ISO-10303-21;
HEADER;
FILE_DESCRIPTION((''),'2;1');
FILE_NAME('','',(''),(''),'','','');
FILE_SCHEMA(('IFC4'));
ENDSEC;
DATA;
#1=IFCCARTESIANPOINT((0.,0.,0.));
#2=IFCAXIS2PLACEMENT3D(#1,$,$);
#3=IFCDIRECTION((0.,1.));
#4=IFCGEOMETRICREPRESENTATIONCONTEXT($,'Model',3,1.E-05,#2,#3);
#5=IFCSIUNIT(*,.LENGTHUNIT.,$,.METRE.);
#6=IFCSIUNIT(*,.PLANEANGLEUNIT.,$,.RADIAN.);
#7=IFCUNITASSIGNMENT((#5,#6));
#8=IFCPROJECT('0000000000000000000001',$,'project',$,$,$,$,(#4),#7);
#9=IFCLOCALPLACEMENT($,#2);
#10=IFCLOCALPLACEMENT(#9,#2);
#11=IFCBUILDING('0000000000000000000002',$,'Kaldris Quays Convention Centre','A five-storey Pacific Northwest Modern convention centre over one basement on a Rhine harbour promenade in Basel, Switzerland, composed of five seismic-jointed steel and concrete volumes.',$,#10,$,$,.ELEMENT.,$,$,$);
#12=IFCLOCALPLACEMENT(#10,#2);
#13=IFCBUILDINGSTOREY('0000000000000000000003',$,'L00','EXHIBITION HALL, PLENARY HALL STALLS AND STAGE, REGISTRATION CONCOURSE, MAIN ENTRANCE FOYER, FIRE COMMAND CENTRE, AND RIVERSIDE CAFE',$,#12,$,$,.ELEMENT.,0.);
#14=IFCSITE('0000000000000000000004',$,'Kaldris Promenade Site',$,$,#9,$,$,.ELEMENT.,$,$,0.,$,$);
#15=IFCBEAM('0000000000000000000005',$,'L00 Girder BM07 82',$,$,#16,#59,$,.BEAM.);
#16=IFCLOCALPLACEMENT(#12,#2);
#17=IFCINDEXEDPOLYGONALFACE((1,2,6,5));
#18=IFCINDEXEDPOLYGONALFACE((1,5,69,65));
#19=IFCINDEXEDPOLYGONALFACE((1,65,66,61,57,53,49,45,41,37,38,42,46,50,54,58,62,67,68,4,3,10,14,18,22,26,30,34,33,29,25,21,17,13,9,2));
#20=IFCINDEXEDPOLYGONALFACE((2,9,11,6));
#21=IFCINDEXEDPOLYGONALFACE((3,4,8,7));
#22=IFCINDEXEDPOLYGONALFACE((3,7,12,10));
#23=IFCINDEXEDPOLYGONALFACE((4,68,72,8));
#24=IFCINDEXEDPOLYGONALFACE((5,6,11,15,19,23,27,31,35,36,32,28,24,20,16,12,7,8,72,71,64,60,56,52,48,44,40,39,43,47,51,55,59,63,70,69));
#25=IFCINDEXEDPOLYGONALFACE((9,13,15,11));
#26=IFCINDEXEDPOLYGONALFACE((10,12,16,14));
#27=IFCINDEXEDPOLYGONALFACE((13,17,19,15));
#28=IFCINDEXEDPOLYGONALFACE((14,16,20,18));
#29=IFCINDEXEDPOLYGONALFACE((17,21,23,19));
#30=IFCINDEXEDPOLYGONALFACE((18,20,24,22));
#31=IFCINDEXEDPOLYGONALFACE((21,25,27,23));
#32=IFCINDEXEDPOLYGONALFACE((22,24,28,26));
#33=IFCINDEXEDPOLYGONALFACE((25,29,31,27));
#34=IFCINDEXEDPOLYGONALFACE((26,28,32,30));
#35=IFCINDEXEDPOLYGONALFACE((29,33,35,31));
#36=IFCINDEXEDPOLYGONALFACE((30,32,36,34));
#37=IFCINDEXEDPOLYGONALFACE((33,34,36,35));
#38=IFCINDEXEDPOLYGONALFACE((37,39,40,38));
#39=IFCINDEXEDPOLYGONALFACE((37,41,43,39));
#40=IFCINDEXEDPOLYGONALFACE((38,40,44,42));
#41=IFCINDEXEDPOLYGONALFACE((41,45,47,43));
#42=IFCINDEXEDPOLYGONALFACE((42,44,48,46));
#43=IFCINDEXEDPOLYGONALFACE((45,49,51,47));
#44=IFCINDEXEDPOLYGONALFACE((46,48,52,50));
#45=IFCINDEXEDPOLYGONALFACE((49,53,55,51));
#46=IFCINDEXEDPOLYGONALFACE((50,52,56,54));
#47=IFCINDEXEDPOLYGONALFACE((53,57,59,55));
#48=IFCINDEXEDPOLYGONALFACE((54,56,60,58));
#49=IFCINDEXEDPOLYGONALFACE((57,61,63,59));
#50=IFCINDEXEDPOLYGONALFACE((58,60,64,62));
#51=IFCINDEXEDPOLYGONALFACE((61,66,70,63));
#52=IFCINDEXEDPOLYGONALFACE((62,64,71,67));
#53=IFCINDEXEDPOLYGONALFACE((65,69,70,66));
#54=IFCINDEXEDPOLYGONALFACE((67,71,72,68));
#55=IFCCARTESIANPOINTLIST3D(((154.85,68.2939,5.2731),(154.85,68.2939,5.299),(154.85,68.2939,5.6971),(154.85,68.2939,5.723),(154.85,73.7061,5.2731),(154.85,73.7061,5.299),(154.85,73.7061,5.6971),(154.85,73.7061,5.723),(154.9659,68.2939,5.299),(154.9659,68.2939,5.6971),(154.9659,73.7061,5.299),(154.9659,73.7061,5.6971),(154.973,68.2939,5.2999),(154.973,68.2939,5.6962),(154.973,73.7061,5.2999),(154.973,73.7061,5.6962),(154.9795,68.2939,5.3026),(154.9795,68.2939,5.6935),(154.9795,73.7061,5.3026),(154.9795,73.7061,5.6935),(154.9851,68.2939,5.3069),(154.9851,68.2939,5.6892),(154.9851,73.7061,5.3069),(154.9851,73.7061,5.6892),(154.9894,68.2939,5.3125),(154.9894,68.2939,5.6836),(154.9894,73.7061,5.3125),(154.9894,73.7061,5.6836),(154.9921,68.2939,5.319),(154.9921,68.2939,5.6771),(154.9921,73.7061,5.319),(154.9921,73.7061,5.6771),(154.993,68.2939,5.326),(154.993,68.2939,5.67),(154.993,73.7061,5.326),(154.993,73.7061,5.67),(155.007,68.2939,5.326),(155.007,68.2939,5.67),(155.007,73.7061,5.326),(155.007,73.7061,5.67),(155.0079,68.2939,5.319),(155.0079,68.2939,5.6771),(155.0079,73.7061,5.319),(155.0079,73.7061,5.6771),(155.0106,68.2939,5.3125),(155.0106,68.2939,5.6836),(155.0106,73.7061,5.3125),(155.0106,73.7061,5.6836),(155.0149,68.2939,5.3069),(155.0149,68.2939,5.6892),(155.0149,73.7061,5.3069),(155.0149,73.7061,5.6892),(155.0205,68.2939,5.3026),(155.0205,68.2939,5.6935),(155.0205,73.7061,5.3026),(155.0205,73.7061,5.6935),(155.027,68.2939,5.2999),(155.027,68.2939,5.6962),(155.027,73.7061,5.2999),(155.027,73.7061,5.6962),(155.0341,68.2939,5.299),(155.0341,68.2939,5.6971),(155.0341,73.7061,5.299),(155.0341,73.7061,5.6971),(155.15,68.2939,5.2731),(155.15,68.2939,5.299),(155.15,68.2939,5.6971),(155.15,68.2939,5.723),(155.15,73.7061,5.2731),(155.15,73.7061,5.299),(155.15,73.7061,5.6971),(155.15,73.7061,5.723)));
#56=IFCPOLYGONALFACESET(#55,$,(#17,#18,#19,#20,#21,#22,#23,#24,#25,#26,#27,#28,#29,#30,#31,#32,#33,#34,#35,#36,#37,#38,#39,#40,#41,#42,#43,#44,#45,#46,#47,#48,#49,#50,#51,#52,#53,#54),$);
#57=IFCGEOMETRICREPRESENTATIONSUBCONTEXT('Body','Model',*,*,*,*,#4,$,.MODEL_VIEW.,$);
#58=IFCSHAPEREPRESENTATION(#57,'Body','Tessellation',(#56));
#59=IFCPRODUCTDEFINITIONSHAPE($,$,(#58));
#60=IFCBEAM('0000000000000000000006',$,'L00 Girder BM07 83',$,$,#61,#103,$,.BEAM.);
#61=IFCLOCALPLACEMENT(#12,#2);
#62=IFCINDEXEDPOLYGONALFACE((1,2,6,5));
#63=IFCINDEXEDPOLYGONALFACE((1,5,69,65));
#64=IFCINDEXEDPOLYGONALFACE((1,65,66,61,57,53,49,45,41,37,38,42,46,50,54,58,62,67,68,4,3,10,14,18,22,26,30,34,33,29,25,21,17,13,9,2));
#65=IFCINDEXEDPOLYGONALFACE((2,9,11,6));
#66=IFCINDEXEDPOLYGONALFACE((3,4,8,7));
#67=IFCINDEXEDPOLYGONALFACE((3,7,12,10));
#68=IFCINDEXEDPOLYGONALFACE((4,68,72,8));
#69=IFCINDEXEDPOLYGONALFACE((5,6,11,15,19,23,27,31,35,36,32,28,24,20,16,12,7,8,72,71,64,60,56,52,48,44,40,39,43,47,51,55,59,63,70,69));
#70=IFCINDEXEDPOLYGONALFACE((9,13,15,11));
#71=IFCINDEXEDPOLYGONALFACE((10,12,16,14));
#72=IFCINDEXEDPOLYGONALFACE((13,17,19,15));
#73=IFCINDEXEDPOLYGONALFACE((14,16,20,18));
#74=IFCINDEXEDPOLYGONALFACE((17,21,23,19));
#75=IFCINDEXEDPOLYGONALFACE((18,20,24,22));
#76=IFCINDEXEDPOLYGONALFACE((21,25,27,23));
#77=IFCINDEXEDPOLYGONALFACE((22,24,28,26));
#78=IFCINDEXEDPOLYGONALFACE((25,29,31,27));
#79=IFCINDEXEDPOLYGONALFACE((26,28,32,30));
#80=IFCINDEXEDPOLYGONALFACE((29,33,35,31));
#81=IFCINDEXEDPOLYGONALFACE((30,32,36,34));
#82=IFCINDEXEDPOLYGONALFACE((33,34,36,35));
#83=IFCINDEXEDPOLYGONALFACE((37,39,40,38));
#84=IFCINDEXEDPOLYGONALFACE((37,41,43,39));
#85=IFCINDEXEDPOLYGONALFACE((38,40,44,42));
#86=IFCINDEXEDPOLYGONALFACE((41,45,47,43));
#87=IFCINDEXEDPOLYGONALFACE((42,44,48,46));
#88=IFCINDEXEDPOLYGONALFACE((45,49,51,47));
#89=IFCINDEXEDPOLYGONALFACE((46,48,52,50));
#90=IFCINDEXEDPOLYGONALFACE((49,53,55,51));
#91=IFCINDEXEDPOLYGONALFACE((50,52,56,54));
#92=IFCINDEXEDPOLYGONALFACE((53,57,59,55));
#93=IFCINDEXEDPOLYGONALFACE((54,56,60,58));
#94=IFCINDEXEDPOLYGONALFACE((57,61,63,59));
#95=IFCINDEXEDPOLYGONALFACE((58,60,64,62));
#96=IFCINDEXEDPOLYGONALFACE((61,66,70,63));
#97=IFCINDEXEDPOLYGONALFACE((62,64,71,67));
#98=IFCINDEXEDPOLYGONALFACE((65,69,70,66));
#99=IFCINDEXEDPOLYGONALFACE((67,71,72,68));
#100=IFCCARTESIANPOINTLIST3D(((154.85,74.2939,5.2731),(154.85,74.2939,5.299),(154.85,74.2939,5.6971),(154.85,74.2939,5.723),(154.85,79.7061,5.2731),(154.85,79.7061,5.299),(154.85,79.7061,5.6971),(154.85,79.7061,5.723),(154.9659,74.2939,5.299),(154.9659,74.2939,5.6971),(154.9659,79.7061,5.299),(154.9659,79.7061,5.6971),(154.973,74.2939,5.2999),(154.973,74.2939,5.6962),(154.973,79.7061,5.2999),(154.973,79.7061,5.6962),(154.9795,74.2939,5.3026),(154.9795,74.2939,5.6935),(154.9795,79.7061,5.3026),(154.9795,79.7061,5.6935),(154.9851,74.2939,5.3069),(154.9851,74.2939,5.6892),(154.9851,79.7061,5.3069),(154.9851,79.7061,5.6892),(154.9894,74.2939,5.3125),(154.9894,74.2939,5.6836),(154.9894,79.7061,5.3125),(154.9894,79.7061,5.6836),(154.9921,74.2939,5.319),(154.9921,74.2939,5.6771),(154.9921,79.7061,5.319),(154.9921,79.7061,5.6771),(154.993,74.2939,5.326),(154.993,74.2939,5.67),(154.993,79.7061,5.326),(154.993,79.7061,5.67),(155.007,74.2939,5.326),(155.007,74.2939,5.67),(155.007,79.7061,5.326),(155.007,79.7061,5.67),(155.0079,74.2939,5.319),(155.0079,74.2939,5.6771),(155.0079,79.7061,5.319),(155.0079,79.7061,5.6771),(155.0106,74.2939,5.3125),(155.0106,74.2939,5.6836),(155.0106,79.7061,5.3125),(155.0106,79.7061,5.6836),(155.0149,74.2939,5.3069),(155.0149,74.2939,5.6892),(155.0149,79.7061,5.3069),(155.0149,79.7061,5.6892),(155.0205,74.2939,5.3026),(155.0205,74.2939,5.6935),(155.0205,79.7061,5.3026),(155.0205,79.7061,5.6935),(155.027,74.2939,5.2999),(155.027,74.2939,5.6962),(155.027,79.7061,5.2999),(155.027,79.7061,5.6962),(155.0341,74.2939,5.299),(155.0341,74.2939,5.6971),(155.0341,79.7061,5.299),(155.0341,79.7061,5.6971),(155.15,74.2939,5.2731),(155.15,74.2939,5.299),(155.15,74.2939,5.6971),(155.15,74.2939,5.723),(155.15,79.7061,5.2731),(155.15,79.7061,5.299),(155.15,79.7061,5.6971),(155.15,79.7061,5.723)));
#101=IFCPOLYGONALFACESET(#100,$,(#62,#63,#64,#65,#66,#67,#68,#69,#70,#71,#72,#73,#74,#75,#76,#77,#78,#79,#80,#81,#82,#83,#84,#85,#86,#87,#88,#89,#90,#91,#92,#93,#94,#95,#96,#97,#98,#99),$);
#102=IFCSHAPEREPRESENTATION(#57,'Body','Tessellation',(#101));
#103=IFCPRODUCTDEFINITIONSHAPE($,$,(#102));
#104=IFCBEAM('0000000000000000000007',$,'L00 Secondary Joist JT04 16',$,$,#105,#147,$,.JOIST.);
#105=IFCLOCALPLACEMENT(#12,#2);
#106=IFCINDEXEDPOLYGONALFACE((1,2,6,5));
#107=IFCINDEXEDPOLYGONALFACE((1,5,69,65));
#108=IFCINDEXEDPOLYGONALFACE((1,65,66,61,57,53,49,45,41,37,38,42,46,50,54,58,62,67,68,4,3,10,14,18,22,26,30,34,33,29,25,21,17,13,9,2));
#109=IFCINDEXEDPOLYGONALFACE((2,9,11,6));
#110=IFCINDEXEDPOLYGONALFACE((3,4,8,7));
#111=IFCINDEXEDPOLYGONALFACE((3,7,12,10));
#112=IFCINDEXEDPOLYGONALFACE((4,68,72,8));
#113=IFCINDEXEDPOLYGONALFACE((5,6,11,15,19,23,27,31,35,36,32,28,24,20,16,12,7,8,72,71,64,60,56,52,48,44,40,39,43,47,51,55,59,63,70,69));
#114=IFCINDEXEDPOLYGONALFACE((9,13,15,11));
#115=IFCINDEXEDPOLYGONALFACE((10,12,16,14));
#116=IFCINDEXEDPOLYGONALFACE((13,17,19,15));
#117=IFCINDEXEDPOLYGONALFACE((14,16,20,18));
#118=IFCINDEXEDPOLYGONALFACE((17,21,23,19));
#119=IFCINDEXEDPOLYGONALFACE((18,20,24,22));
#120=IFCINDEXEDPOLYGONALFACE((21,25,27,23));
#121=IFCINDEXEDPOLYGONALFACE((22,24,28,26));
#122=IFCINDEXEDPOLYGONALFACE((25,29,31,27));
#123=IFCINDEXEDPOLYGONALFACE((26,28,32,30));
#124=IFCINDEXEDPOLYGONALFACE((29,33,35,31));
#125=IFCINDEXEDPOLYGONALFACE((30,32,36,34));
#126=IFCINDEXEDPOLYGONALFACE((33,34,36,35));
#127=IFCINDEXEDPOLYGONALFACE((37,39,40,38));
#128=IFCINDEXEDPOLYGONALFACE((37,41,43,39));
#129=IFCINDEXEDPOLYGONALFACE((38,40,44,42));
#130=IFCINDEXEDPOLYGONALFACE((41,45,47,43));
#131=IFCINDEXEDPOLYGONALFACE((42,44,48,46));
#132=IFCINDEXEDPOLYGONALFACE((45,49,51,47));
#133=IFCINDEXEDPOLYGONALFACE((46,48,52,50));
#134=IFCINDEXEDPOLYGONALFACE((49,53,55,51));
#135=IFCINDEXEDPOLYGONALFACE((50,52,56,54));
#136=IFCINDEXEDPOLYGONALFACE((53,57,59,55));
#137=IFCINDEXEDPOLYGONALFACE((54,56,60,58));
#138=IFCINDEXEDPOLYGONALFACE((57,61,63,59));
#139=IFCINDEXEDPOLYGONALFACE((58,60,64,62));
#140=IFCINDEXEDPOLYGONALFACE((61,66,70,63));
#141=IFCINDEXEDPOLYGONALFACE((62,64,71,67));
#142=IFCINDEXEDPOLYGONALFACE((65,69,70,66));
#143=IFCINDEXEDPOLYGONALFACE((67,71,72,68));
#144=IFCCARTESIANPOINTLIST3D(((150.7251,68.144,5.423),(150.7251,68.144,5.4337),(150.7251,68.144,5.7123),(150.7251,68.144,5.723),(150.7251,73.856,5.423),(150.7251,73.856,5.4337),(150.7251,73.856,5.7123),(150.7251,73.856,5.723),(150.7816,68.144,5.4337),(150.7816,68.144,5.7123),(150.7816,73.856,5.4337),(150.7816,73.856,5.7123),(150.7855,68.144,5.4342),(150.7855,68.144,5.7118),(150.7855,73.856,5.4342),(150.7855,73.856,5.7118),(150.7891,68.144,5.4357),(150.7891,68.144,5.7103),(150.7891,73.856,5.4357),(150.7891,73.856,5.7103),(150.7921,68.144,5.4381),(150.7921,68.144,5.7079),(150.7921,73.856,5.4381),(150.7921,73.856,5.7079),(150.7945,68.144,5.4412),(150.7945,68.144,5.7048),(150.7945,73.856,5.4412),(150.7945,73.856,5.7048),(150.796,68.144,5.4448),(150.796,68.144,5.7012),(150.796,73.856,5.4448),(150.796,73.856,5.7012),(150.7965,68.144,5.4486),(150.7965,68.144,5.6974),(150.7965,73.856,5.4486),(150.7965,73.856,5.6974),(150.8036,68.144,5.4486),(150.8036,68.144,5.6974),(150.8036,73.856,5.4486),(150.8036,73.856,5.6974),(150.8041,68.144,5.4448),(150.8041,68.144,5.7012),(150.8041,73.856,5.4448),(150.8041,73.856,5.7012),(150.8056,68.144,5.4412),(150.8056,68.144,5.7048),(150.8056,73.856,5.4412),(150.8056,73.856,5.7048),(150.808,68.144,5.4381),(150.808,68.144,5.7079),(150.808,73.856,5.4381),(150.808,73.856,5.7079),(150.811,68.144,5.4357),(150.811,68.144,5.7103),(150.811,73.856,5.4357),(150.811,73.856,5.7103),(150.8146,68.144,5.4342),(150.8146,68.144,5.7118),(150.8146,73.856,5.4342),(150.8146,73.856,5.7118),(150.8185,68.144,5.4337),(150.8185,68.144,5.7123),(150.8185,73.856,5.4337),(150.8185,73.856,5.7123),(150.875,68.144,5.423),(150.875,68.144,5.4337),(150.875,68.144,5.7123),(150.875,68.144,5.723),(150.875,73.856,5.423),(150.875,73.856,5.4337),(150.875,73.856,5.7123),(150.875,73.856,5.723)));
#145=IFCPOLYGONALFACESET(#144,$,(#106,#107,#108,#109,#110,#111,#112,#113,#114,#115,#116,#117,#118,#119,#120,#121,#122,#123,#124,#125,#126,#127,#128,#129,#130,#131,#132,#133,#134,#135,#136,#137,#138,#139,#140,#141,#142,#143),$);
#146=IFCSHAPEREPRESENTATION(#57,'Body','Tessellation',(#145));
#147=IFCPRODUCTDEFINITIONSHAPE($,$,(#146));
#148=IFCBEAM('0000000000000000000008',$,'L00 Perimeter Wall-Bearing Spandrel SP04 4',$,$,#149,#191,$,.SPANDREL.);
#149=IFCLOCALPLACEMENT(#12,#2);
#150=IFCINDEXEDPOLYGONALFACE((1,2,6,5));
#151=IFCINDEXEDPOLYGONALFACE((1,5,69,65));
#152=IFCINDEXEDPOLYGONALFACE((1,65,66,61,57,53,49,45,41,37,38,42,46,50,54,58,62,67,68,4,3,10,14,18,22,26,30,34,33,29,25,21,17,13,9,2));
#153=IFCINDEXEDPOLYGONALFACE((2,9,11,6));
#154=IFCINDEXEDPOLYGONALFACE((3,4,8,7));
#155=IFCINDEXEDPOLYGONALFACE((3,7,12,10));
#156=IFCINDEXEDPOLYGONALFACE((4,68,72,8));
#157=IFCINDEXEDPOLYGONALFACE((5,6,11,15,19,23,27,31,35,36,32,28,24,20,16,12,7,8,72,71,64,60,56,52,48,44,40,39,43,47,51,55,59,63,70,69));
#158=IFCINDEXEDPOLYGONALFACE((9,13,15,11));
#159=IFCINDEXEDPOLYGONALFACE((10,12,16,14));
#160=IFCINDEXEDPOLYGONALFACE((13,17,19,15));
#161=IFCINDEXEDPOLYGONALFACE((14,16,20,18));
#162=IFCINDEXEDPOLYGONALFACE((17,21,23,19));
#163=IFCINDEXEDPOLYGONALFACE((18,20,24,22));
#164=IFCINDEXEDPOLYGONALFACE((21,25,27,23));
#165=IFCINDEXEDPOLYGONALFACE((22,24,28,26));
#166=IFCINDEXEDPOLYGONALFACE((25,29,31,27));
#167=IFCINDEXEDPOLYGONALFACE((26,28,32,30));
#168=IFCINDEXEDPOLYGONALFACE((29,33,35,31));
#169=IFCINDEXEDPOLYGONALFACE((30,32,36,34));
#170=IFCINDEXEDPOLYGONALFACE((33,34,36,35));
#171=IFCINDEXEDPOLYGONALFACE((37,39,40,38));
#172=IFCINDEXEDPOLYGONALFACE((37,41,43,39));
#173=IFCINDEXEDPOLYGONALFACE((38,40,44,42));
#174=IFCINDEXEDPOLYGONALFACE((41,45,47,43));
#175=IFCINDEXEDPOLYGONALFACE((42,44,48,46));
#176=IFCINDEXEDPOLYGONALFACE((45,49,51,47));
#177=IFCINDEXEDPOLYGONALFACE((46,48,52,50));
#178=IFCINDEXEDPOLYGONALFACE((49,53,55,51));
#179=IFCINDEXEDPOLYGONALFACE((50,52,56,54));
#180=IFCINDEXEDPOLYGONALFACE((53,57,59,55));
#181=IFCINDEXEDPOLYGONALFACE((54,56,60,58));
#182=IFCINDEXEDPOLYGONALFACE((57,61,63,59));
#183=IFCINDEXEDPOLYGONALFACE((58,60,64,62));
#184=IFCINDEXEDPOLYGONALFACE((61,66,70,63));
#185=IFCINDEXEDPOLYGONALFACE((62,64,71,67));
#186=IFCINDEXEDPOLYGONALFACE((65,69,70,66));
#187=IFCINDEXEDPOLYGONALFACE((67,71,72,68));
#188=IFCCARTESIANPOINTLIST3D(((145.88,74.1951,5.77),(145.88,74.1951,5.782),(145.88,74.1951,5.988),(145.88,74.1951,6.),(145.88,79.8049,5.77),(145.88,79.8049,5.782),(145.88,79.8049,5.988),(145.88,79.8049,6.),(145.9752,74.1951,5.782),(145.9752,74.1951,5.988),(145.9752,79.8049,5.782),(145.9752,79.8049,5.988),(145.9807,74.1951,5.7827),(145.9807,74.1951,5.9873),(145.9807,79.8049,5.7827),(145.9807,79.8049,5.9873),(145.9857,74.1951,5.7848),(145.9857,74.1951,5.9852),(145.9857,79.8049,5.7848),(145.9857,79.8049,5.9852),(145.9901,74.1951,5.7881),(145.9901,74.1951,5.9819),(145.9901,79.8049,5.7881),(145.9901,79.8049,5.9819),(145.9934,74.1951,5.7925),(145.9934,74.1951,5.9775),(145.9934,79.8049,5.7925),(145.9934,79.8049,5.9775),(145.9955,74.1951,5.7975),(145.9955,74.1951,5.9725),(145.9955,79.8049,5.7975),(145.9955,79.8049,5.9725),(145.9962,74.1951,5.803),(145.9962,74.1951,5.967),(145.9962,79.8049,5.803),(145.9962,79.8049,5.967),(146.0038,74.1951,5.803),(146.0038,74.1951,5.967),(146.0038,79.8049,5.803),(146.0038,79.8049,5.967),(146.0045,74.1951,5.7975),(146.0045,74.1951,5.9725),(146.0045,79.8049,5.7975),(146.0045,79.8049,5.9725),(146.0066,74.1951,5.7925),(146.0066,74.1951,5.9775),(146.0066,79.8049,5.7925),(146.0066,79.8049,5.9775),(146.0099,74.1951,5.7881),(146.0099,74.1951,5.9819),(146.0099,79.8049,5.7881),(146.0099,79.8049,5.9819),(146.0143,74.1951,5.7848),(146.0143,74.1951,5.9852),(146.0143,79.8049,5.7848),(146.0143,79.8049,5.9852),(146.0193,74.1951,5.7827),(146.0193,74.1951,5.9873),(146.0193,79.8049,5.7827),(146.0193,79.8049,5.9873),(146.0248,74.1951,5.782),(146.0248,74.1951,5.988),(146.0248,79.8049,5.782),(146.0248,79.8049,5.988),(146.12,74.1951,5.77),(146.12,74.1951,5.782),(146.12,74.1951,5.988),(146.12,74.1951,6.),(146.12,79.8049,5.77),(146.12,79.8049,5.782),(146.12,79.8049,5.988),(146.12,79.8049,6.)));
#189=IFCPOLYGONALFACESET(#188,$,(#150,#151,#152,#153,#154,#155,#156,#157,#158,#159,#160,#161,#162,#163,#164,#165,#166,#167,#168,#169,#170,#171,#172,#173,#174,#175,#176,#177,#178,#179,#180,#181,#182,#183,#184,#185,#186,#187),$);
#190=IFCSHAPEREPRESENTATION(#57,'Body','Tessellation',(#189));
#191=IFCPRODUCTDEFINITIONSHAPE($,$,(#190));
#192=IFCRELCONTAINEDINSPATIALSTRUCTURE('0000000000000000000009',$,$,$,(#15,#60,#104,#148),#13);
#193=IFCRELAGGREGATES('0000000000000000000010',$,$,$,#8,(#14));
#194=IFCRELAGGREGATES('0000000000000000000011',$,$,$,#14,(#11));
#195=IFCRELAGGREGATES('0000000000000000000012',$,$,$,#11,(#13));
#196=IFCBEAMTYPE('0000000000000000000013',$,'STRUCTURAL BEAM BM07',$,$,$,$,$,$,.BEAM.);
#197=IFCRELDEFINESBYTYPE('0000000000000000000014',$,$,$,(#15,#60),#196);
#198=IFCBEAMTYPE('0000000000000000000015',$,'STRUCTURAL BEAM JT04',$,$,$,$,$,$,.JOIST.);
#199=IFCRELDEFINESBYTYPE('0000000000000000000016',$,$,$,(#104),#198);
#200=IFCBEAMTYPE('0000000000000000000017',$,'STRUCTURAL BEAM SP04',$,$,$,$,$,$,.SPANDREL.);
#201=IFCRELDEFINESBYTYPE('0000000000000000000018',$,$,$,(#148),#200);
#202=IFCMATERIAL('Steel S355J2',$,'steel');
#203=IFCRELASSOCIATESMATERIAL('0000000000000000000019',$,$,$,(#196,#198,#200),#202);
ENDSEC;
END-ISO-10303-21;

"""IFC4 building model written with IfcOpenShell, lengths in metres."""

from ifc_helpers import new_model, si_unit, direction, frame, origin, origin_2d, place, context, subcontext, project, spatial, i_section, extrude, material, material_profile, profile_set, type_object, element, save


model = new_model("IFC4")

# Units and contexts
model_context = context("Model", 3, precision=1e-05, world=origin(), true_north=direction((0.0, 1.0)))
body_context = subcontext(model_context, "Body", "Model", "MODEL_VIEW")
ifc_project = project(units=[si_unit("LENGTHUNIT", "METRE"), si_unit("PLANEANGLEUNIT", "RADIAN")], contexts=[model_context])

# Site, building, storey
site_placement = place(None, origin())
site = spatial("IfcSite", under=ifc_project, at=site_placement, Name="Kaldris Promenade Site", CompositionType="ELEMENT", RefElevation=0.0)
building_placement = place(site_placement, origin())
building = spatial("IfcBuilding", under=site, at=building_placement, Name="Kaldris Quays Convention Centre", Description="A five-storey Pacific Northwest Modern convention centre over one basement on a Rhine harbour promenade in Basel, Switzerland, composed of five seismic-jointed steel and concrete volumes.", CompositionType="ELEMENT")
storey_placement = place(building_placement, origin())
storey = spatial("IfcBuildingStorey", under=building, at=storey_placement, Name="L00", Description="EXHIBITION HALL, PLENARY HALL STALLS AND STAGE, REGISTRATION CONCOURSE, MAIN ENTRANCE FOYER, FIRE COMMAND CENTRE, AND RIVERSIDE CAFE", CompositionType="ELEMENT", Elevation=0.0)

# Shared definitions
ifc_material_1 = material(Name="Steel S355J2", Category="steel")

# Beams
ifc_material_profile_1 = material_profile(ifc_material_1, i_section(OverallWidth=0.3, OverallDepth=0.45, WebThickness=0.0139, FlangeThickness=0.0259, FilletRadius=0.0271, at=origin_2d()), Name="HEB 450")
ifc_profile_set_1 = profile_set([ifc_material_profile_1], Name="Steel S355J2")
beam_type_1 = type_object("IfcBeamType", Name="STRUCTURAL BEAM BM07", PredefinedType="BEAM", material=ifc_profile_set_1)
for number, where, z_axis, x_axis, name in (
    (1, (155.0, 68.2939, 5.498), (0.0, 1.0, 0.0), (-1.0, 0.0, 0.0), "L00 Girder BM07 82"),
    (2, (155.0, 74.2939, 5.498), (0.0, 1.0, 0.0), (-1.0, 0.0, 0.0), "L00 Girder BM07 83"),
):
    element("IfcBeam", number, at=place(storey_placement, frame(where, z_axis=z_axis, x_axis=x_axis)), inside=storey, type_object=beam_type_1, Name=name, PredefinedType="BEAM", context=body_context, shape_type="SweptSolid", body=[
        extrude(i_section(OverallWidth=0.3, OverallDepth=0.45, WebThickness=0.0139, FlangeThickness=0.0259, FilletRadius=0.0271, at=origin_2d()), origin(), (0.0, 0.0, 1.0), 5.4121),
    ])
ifc_material_profile_2 = material_profile(ifc_material_1, i_section(OverallWidth=0.1499, OverallDepth=0.3, WebThickness=0.0071, FlangeThickness=0.0107, FilletRadius=0.0149, at=origin_2d()), Name="IPE 300")
ifc_profile_set_2 = profile_set([ifc_material_profile_2], Name="Steel S355J2")
beam_type_2 = type_object("IfcBeamType", Name="STRUCTURAL BEAM JT04", PredefinedType="JOIST", material=ifc_profile_set_2)
beam_1_placement = place(storey_placement, frame((150.8, 68.144, 5.573), z_axis=(0.0, 1.0, 0.0), x_axis=(-1.0, 0.0, 0.0)))
element("IfcBeam", 3, at=beam_1_placement, inside=storey, type_object=beam_type_2, Name="L00 Secondary Joist JT04 16", PredefinedType="JOIST", context=body_context, shape_type="SweptSolid", body=[
    extrude(i_section(OverallWidth=0.1499, OverallDepth=0.3, WebThickness=0.0071, FlangeThickness=0.0107, FilletRadius=0.0149, at=origin_2d()), origin(), (0.0, 0.0, 1.0), 5.7119),
])
ifc_material_profile_3 = material_profile(ifc_material_1, i_section(OverallWidth=0.24, OverallDepth=0.23, WebThickness=0.0076, FlangeThickness=0.012, FilletRadius=0.021, at=origin_2d()), Name="HEA 240")
ifc_profile_set_3 = profile_set([ifc_material_profile_3], Name="Steel S355J2")
beam_type_3 = type_object("IfcBeamType", Name="STRUCTURAL BEAM SP04", PredefinedType="SPANDREL", material=ifc_profile_set_3)
beam_2_placement = place(storey_placement, frame((146.0, 74.1951, 5.885), z_axis=(0.0, 1.0, 0.0), x_axis=(-1.0, 0.0, 0.0)))
element("IfcBeam", 4, at=beam_2_placement, inside=storey, type_object=beam_type_3, Name="L00 Perimeter Wall-Bearing Spandrel SP04 4", PredefinedType="SPANDREL", context=body_context, shape_type="SweptSolid", body=[
    extrude(i_section(OverallWidth=0.24, OverallDepth=0.23, WebThickness=0.0076, FlangeThickness=0.012, FilletRadius=0.021, at=origin_2d()), origin(), (0.0, 0.0, 1.0), 5.6099),
])

save(model, "model.ifc")
